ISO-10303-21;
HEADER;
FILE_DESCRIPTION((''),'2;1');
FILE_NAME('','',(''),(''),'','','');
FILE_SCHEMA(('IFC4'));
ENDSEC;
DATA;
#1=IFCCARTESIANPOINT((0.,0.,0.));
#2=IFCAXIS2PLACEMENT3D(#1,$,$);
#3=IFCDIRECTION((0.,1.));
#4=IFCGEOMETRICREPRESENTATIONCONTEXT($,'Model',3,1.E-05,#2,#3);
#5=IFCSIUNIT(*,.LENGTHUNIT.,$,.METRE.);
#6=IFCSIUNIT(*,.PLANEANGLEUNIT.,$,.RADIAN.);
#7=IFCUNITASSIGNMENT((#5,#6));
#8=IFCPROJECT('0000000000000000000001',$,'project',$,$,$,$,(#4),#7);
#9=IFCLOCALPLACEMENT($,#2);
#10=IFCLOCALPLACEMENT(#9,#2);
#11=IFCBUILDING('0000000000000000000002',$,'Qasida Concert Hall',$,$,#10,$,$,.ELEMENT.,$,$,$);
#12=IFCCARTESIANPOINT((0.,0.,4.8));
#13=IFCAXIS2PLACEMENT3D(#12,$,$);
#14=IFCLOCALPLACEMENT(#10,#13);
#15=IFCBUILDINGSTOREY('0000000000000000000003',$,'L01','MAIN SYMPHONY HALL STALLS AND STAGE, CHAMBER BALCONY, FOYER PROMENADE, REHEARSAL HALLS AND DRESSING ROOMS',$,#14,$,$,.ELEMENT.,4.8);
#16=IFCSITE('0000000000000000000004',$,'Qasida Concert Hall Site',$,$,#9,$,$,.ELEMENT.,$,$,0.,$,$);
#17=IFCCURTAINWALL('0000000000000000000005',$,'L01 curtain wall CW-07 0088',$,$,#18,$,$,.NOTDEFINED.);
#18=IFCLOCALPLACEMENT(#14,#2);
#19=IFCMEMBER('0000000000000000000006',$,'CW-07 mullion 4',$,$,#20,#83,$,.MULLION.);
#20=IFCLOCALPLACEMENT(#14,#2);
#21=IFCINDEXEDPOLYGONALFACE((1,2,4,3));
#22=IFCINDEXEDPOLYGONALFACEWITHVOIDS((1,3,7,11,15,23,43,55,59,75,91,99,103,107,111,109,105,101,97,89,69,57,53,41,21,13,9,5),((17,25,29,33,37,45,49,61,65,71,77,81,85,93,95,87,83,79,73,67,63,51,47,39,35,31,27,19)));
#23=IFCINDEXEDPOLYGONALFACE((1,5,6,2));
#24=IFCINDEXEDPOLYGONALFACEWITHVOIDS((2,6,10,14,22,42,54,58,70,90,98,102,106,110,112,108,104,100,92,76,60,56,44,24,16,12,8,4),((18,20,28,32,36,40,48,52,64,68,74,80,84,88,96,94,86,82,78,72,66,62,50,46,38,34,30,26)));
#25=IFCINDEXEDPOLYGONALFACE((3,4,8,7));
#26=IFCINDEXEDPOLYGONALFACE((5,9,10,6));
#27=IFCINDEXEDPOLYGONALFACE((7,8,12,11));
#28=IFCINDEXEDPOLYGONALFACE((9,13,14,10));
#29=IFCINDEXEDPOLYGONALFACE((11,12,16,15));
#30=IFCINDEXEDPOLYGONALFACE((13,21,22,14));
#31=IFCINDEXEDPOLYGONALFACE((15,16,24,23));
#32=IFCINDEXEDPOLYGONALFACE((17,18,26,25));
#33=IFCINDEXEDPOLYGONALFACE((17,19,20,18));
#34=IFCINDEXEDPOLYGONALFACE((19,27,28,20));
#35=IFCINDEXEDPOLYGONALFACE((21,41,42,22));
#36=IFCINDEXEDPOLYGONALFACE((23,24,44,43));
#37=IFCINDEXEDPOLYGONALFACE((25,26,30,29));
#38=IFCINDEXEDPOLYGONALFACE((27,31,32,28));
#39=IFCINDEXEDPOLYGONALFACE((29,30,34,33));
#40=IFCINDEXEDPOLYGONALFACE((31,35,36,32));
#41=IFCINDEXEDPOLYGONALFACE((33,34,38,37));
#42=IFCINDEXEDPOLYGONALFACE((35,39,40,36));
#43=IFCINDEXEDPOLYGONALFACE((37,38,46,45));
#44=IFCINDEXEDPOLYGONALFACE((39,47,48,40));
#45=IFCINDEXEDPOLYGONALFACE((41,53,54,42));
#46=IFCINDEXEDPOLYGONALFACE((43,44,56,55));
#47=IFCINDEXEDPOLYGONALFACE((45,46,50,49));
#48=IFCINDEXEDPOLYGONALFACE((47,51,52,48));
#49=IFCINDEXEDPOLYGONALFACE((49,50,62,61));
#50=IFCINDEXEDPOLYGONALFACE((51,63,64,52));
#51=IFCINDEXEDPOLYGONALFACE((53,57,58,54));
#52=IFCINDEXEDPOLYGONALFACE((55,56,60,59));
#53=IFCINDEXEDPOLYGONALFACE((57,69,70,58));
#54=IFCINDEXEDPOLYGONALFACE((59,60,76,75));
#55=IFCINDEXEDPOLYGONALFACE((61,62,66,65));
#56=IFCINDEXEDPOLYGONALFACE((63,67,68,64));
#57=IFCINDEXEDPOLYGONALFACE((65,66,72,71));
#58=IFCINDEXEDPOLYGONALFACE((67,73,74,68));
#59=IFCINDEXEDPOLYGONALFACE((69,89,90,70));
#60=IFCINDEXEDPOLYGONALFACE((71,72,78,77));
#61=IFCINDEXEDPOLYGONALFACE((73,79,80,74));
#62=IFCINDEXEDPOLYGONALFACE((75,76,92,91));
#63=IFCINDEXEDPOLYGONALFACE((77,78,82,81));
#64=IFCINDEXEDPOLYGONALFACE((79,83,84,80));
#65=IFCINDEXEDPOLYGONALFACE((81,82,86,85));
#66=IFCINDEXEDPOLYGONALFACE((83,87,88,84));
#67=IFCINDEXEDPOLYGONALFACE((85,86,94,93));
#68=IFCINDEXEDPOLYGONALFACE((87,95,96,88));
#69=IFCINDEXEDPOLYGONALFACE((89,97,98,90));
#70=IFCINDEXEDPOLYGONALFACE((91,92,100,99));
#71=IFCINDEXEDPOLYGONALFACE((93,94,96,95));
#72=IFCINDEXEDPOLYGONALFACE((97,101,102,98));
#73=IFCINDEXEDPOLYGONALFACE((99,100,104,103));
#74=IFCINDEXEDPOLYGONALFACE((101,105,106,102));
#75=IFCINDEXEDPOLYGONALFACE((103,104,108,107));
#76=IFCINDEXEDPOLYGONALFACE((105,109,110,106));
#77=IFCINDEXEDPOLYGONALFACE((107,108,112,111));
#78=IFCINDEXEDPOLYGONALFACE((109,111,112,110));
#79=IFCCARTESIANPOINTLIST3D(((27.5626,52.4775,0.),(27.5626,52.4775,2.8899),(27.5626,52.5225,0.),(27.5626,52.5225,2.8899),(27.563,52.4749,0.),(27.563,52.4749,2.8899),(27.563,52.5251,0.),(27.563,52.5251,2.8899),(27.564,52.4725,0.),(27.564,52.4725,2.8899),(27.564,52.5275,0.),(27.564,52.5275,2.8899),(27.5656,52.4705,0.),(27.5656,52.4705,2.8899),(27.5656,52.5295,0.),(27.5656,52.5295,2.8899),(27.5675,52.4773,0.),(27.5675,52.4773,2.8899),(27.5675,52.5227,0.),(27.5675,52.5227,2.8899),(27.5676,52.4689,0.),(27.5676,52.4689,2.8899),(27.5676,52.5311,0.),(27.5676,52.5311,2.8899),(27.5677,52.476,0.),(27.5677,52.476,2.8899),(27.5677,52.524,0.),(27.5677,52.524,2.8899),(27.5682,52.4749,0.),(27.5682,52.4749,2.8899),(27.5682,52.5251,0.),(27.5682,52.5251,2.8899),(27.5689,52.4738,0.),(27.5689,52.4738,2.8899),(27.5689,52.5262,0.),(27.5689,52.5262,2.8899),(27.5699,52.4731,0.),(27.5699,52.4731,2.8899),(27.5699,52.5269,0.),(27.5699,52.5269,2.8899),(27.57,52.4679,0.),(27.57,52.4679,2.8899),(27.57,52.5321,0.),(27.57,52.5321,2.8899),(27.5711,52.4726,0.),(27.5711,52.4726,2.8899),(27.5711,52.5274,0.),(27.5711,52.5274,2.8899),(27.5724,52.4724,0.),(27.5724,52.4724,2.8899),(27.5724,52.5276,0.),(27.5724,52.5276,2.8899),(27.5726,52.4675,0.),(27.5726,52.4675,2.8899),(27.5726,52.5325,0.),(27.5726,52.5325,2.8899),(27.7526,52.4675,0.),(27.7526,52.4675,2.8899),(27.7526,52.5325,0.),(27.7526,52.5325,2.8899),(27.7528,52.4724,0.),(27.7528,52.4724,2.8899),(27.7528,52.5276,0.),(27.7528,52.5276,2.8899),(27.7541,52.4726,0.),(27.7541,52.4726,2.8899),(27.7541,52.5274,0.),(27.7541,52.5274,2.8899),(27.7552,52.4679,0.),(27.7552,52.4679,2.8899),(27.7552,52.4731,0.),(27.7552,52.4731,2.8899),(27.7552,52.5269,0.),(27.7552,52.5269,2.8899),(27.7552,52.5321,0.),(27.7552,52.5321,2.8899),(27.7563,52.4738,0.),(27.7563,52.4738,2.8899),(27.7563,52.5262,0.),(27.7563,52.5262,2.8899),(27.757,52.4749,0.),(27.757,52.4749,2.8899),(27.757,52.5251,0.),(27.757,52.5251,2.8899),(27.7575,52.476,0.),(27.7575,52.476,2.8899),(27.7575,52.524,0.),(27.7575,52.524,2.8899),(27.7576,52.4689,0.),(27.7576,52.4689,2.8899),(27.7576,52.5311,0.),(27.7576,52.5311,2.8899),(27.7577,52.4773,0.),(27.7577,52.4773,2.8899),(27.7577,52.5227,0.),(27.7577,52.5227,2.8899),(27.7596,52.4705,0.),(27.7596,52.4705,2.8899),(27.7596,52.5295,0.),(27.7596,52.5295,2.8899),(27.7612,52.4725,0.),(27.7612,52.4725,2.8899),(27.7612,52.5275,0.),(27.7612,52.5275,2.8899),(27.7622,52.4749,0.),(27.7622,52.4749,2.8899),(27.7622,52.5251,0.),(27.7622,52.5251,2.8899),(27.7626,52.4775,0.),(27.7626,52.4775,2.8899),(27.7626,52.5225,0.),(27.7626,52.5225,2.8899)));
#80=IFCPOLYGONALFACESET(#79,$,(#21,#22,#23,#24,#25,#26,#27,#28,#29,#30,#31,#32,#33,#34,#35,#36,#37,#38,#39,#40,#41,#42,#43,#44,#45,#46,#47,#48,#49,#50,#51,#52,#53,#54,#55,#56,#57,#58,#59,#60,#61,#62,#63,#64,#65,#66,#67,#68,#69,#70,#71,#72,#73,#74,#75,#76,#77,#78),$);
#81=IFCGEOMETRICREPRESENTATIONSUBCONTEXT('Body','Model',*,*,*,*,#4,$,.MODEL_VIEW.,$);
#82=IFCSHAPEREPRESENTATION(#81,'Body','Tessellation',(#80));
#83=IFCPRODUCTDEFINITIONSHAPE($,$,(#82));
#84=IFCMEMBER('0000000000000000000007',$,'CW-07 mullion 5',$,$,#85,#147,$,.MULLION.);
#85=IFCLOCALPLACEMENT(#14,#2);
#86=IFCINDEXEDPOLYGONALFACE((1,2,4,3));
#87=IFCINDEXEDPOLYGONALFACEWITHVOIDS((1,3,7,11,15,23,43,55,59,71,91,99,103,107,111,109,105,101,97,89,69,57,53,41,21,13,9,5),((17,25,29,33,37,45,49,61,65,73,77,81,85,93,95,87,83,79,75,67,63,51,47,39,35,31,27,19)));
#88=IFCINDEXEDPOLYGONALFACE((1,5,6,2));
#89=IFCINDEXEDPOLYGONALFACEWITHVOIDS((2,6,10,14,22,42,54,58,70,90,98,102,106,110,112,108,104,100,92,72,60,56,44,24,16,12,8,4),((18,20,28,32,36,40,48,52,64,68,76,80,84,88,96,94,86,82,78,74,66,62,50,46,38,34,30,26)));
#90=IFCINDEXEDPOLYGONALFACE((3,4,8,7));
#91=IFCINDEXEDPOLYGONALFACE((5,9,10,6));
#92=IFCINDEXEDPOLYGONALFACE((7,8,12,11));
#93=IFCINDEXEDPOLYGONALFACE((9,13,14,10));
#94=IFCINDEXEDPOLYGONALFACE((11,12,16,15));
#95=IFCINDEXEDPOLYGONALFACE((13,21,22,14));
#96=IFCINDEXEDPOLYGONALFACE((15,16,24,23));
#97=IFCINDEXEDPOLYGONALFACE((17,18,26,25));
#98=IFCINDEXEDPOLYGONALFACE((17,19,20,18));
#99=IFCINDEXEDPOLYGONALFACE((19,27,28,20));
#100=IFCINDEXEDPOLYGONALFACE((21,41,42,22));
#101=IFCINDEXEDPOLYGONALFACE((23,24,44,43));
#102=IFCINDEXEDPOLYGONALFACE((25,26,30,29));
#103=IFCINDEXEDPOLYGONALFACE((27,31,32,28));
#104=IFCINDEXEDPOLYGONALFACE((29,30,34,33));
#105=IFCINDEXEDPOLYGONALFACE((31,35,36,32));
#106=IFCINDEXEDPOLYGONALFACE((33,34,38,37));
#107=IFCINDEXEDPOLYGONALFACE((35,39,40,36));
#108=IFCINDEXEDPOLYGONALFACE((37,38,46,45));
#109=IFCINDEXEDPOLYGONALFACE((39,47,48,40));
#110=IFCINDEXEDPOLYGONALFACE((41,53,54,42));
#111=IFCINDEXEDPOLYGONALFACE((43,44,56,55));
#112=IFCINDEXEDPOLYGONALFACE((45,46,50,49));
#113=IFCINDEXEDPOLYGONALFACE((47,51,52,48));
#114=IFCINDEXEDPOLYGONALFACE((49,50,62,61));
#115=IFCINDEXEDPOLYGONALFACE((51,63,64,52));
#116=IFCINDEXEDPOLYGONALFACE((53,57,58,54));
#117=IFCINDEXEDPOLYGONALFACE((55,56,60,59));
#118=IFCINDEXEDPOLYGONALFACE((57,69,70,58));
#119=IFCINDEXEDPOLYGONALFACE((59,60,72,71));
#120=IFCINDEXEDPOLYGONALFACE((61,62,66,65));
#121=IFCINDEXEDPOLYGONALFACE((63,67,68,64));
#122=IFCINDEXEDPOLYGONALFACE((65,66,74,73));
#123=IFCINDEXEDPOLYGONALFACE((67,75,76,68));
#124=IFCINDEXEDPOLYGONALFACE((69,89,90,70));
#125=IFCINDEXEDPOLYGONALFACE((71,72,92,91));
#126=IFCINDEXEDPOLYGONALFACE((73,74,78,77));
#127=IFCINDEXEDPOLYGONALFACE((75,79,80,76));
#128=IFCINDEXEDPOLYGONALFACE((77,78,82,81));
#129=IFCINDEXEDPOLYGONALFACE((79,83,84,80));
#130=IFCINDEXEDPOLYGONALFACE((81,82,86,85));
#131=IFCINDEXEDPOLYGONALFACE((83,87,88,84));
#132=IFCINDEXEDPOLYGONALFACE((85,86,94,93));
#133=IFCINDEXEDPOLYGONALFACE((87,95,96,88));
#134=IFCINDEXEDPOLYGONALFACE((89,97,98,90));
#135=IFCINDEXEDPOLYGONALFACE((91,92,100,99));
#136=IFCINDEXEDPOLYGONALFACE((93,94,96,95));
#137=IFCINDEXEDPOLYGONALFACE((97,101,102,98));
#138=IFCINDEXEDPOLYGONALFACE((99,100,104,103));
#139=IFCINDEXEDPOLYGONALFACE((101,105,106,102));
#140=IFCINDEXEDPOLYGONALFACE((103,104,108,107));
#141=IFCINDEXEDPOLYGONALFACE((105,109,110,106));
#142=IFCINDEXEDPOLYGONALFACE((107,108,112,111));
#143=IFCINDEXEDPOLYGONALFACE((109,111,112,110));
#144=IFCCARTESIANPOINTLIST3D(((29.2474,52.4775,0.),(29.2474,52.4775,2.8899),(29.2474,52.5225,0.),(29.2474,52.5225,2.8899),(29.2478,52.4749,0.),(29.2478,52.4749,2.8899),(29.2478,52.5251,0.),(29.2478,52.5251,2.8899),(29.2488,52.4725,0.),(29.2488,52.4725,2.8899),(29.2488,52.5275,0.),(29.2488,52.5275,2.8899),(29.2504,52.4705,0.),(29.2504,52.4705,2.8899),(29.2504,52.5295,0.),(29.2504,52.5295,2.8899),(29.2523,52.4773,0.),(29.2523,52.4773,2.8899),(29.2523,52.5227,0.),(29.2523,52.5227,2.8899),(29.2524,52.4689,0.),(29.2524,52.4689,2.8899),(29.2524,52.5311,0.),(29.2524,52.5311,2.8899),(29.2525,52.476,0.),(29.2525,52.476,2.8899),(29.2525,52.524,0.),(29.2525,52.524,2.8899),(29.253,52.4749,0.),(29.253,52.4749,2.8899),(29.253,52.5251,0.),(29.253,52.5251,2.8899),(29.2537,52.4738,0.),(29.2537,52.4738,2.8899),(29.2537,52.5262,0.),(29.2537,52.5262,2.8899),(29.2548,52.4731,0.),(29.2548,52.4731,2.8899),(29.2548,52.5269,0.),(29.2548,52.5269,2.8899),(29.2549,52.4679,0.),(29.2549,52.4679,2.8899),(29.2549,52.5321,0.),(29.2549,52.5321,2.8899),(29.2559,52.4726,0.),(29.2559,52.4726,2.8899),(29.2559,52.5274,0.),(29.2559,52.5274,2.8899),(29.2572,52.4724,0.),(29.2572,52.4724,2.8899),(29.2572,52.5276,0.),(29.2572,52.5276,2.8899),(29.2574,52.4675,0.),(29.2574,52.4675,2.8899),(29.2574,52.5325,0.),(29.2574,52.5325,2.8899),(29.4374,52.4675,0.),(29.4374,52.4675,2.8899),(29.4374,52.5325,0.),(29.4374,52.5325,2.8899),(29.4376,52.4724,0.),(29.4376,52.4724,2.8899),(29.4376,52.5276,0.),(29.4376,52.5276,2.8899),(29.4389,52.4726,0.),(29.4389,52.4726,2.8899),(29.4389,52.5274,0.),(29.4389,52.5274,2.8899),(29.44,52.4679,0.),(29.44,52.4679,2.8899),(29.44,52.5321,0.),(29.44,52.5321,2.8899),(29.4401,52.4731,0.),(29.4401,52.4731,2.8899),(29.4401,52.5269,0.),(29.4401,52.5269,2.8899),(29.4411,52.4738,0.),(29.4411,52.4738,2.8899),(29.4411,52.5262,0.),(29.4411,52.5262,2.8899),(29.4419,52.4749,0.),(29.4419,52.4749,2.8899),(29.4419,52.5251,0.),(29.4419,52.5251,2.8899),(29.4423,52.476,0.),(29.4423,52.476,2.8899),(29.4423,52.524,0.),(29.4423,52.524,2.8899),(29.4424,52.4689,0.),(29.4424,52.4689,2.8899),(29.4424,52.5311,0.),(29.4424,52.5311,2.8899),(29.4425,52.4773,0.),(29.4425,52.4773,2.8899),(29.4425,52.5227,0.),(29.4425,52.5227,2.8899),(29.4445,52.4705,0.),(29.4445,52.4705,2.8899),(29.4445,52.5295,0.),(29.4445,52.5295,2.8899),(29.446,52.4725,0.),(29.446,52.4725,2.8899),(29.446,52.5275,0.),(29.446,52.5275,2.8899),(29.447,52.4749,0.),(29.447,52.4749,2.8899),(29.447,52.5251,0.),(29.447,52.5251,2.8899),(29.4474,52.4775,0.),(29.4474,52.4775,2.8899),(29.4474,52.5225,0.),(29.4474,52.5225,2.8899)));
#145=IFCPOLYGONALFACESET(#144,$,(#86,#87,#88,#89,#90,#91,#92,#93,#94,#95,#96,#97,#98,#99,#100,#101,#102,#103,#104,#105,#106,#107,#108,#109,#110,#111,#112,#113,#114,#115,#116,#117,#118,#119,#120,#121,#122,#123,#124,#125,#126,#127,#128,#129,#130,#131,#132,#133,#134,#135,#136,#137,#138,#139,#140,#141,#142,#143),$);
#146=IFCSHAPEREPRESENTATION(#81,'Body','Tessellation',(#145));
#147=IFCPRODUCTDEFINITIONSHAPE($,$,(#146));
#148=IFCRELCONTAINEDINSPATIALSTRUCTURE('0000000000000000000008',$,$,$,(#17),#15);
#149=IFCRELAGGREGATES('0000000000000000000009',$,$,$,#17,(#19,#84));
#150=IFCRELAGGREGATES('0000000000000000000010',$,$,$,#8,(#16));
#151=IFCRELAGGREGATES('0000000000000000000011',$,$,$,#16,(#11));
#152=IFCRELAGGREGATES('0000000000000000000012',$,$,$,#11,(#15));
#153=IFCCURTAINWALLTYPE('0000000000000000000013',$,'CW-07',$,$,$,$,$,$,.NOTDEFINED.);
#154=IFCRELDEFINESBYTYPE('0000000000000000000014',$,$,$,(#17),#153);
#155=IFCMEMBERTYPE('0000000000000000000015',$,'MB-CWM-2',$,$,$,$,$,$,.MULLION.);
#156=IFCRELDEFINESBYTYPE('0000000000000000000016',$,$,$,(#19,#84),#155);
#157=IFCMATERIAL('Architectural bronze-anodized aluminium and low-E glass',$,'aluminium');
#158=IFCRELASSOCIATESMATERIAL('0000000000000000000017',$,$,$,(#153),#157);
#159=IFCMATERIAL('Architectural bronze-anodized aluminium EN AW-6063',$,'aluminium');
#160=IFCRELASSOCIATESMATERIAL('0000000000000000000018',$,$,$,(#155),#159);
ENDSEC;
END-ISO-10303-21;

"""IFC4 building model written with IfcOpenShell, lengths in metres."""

from ifc_helpers import new_model, si_unit, direction, frame, origin, origin_2d, place, context, subcontext, project, spatial, hollow_rectangle, extrude, material, material_profile, profile_set, type_object, element, aggregate, save


model = new_model("IFC4")

# Units and contexts
model_context = context("Model", 3, precision=1e-05, world=origin(), true_north=direction((0.0, 1.0)))
body_context = subcontext(model_context, "Body", "Model", "MODEL_VIEW")
ifc_project = project(units=[si_unit("LENGTHUNIT", "METRE"), si_unit("PLANEANGLEUNIT", "RADIAN")], contexts=[model_context])

# Site, building, storey
site_placement = place(None, origin())
site = spatial("IfcSite", under=ifc_project, at=site_placement, Name="Qasida Concert Hall Site", CompositionType="ELEMENT", RefElevation=0.0)
building_placement = place(site_placement, origin())
building = spatial("IfcBuilding", under=site, at=building_placement, Name="Qasida Concert Hall", CompositionType="ELEMENT")
storey_placement = place(building_placement, frame((0.0, 0.0, 4.8)))
storey = spatial("IfcBuildingStorey", under=building, at=storey_placement, Name="L01", Description="MAIN SYMPHONY HALL STALLS AND STAGE, CHAMBER BALCONY, FOYER PROMENADE, REHEARSAL HALLS AND DRESSING ROOMS", CompositionType="ELEMENT", Elevation=4.8)

# Curtain wall, members
ifc_material_1 = material(Name="Architectural bronze-anodized aluminium and low-E glass", Category="aluminium")
curtain_wall_type = type_object("IfcCurtainWallType", Name="CW-07", PredefinedType="NOTDEFINED", material=ifc_material_1)
curtain_wall_placement = place(storey_placement, origin())
curtain_wall = element("IfcCurtainWall", 1, at=curtain_wall_placement, inside=storey, type_object=curtain_wall_type, Name="L01 curtain wall CW-07 0088", PredefinedType="NOTDEFINED")
ifc_material_2 = material(Name="Architectural bronze-anodized aluminium EN AW-6063", Category="aluminium")
ifc_material_profile_1 = material_profile(ifc_material_2, hollow_rectangle(XDim=0.0649, YDim=0.2, WallThickness=0.0049, InnerFilletRadius=0.0049, OuterFilletRadius=0.01, at=origin_2d()), Name="CWM 200x65x5")
ifc_profile_set_1 = profile_set([ifc_material_profile_1], Name="Architectural bronze-anodized aluminium EN AW-6063")
member_type_1 = type_object("IfcMemberType", Name="MB-CWM-2", PredefinedType="MULLION", material=ifc_profile_set_1)
member_1_placement = place(storey_placement, frame((27.6626, 52.5, 0.0), z_axis=(0.0, 0.0, 1.0), x_axis=(0.0, 1.0, 0.0)))
member_1 = element("IfcMember", 2, at=member_1_placement, type_object=member_type_1, Name="CW-07 mullion 4", PredefinedType="MULLION", context=body_context, shape_type="SweptSolid", body=[
    extrude(hollow_rectangle(XDim=0.0649, YDim=0.2, WallThickness=0.0049, InnerFilletRadius=0.0049, OuterFilletRadius=0.01, at=origin_2d()), origin(), (0.0, 0.0, 1.0), 2.8899),
])
member_2_placement = place(storey_placement, frame((29.3474, 52.5, 0.0), z_axis=(0.0, 0.0, 1.0), x_axis=(0.0, 1.0, 0.0)))
member_2 = element("IfcMember", 3, at=member_2_placement, type_object=member_type_1, Name="CW-07 mullion 5", PredefinedType="MULLION", context=body_context, shape_type="SweptSolid", body=[
    extrude(hollow_rectangle(XDim=0.0649, YDim=0.2, WallThickness=0.0049, InnerFilletRadius=0.0049, OuterFilletRadius=0.01, at=origin_2d()), origin(), (0.0, 0.0, 1.0), 2.8899),
])
aggregate(curtain_wall, [member_1, member_2])

save(model, "model.ifc")
